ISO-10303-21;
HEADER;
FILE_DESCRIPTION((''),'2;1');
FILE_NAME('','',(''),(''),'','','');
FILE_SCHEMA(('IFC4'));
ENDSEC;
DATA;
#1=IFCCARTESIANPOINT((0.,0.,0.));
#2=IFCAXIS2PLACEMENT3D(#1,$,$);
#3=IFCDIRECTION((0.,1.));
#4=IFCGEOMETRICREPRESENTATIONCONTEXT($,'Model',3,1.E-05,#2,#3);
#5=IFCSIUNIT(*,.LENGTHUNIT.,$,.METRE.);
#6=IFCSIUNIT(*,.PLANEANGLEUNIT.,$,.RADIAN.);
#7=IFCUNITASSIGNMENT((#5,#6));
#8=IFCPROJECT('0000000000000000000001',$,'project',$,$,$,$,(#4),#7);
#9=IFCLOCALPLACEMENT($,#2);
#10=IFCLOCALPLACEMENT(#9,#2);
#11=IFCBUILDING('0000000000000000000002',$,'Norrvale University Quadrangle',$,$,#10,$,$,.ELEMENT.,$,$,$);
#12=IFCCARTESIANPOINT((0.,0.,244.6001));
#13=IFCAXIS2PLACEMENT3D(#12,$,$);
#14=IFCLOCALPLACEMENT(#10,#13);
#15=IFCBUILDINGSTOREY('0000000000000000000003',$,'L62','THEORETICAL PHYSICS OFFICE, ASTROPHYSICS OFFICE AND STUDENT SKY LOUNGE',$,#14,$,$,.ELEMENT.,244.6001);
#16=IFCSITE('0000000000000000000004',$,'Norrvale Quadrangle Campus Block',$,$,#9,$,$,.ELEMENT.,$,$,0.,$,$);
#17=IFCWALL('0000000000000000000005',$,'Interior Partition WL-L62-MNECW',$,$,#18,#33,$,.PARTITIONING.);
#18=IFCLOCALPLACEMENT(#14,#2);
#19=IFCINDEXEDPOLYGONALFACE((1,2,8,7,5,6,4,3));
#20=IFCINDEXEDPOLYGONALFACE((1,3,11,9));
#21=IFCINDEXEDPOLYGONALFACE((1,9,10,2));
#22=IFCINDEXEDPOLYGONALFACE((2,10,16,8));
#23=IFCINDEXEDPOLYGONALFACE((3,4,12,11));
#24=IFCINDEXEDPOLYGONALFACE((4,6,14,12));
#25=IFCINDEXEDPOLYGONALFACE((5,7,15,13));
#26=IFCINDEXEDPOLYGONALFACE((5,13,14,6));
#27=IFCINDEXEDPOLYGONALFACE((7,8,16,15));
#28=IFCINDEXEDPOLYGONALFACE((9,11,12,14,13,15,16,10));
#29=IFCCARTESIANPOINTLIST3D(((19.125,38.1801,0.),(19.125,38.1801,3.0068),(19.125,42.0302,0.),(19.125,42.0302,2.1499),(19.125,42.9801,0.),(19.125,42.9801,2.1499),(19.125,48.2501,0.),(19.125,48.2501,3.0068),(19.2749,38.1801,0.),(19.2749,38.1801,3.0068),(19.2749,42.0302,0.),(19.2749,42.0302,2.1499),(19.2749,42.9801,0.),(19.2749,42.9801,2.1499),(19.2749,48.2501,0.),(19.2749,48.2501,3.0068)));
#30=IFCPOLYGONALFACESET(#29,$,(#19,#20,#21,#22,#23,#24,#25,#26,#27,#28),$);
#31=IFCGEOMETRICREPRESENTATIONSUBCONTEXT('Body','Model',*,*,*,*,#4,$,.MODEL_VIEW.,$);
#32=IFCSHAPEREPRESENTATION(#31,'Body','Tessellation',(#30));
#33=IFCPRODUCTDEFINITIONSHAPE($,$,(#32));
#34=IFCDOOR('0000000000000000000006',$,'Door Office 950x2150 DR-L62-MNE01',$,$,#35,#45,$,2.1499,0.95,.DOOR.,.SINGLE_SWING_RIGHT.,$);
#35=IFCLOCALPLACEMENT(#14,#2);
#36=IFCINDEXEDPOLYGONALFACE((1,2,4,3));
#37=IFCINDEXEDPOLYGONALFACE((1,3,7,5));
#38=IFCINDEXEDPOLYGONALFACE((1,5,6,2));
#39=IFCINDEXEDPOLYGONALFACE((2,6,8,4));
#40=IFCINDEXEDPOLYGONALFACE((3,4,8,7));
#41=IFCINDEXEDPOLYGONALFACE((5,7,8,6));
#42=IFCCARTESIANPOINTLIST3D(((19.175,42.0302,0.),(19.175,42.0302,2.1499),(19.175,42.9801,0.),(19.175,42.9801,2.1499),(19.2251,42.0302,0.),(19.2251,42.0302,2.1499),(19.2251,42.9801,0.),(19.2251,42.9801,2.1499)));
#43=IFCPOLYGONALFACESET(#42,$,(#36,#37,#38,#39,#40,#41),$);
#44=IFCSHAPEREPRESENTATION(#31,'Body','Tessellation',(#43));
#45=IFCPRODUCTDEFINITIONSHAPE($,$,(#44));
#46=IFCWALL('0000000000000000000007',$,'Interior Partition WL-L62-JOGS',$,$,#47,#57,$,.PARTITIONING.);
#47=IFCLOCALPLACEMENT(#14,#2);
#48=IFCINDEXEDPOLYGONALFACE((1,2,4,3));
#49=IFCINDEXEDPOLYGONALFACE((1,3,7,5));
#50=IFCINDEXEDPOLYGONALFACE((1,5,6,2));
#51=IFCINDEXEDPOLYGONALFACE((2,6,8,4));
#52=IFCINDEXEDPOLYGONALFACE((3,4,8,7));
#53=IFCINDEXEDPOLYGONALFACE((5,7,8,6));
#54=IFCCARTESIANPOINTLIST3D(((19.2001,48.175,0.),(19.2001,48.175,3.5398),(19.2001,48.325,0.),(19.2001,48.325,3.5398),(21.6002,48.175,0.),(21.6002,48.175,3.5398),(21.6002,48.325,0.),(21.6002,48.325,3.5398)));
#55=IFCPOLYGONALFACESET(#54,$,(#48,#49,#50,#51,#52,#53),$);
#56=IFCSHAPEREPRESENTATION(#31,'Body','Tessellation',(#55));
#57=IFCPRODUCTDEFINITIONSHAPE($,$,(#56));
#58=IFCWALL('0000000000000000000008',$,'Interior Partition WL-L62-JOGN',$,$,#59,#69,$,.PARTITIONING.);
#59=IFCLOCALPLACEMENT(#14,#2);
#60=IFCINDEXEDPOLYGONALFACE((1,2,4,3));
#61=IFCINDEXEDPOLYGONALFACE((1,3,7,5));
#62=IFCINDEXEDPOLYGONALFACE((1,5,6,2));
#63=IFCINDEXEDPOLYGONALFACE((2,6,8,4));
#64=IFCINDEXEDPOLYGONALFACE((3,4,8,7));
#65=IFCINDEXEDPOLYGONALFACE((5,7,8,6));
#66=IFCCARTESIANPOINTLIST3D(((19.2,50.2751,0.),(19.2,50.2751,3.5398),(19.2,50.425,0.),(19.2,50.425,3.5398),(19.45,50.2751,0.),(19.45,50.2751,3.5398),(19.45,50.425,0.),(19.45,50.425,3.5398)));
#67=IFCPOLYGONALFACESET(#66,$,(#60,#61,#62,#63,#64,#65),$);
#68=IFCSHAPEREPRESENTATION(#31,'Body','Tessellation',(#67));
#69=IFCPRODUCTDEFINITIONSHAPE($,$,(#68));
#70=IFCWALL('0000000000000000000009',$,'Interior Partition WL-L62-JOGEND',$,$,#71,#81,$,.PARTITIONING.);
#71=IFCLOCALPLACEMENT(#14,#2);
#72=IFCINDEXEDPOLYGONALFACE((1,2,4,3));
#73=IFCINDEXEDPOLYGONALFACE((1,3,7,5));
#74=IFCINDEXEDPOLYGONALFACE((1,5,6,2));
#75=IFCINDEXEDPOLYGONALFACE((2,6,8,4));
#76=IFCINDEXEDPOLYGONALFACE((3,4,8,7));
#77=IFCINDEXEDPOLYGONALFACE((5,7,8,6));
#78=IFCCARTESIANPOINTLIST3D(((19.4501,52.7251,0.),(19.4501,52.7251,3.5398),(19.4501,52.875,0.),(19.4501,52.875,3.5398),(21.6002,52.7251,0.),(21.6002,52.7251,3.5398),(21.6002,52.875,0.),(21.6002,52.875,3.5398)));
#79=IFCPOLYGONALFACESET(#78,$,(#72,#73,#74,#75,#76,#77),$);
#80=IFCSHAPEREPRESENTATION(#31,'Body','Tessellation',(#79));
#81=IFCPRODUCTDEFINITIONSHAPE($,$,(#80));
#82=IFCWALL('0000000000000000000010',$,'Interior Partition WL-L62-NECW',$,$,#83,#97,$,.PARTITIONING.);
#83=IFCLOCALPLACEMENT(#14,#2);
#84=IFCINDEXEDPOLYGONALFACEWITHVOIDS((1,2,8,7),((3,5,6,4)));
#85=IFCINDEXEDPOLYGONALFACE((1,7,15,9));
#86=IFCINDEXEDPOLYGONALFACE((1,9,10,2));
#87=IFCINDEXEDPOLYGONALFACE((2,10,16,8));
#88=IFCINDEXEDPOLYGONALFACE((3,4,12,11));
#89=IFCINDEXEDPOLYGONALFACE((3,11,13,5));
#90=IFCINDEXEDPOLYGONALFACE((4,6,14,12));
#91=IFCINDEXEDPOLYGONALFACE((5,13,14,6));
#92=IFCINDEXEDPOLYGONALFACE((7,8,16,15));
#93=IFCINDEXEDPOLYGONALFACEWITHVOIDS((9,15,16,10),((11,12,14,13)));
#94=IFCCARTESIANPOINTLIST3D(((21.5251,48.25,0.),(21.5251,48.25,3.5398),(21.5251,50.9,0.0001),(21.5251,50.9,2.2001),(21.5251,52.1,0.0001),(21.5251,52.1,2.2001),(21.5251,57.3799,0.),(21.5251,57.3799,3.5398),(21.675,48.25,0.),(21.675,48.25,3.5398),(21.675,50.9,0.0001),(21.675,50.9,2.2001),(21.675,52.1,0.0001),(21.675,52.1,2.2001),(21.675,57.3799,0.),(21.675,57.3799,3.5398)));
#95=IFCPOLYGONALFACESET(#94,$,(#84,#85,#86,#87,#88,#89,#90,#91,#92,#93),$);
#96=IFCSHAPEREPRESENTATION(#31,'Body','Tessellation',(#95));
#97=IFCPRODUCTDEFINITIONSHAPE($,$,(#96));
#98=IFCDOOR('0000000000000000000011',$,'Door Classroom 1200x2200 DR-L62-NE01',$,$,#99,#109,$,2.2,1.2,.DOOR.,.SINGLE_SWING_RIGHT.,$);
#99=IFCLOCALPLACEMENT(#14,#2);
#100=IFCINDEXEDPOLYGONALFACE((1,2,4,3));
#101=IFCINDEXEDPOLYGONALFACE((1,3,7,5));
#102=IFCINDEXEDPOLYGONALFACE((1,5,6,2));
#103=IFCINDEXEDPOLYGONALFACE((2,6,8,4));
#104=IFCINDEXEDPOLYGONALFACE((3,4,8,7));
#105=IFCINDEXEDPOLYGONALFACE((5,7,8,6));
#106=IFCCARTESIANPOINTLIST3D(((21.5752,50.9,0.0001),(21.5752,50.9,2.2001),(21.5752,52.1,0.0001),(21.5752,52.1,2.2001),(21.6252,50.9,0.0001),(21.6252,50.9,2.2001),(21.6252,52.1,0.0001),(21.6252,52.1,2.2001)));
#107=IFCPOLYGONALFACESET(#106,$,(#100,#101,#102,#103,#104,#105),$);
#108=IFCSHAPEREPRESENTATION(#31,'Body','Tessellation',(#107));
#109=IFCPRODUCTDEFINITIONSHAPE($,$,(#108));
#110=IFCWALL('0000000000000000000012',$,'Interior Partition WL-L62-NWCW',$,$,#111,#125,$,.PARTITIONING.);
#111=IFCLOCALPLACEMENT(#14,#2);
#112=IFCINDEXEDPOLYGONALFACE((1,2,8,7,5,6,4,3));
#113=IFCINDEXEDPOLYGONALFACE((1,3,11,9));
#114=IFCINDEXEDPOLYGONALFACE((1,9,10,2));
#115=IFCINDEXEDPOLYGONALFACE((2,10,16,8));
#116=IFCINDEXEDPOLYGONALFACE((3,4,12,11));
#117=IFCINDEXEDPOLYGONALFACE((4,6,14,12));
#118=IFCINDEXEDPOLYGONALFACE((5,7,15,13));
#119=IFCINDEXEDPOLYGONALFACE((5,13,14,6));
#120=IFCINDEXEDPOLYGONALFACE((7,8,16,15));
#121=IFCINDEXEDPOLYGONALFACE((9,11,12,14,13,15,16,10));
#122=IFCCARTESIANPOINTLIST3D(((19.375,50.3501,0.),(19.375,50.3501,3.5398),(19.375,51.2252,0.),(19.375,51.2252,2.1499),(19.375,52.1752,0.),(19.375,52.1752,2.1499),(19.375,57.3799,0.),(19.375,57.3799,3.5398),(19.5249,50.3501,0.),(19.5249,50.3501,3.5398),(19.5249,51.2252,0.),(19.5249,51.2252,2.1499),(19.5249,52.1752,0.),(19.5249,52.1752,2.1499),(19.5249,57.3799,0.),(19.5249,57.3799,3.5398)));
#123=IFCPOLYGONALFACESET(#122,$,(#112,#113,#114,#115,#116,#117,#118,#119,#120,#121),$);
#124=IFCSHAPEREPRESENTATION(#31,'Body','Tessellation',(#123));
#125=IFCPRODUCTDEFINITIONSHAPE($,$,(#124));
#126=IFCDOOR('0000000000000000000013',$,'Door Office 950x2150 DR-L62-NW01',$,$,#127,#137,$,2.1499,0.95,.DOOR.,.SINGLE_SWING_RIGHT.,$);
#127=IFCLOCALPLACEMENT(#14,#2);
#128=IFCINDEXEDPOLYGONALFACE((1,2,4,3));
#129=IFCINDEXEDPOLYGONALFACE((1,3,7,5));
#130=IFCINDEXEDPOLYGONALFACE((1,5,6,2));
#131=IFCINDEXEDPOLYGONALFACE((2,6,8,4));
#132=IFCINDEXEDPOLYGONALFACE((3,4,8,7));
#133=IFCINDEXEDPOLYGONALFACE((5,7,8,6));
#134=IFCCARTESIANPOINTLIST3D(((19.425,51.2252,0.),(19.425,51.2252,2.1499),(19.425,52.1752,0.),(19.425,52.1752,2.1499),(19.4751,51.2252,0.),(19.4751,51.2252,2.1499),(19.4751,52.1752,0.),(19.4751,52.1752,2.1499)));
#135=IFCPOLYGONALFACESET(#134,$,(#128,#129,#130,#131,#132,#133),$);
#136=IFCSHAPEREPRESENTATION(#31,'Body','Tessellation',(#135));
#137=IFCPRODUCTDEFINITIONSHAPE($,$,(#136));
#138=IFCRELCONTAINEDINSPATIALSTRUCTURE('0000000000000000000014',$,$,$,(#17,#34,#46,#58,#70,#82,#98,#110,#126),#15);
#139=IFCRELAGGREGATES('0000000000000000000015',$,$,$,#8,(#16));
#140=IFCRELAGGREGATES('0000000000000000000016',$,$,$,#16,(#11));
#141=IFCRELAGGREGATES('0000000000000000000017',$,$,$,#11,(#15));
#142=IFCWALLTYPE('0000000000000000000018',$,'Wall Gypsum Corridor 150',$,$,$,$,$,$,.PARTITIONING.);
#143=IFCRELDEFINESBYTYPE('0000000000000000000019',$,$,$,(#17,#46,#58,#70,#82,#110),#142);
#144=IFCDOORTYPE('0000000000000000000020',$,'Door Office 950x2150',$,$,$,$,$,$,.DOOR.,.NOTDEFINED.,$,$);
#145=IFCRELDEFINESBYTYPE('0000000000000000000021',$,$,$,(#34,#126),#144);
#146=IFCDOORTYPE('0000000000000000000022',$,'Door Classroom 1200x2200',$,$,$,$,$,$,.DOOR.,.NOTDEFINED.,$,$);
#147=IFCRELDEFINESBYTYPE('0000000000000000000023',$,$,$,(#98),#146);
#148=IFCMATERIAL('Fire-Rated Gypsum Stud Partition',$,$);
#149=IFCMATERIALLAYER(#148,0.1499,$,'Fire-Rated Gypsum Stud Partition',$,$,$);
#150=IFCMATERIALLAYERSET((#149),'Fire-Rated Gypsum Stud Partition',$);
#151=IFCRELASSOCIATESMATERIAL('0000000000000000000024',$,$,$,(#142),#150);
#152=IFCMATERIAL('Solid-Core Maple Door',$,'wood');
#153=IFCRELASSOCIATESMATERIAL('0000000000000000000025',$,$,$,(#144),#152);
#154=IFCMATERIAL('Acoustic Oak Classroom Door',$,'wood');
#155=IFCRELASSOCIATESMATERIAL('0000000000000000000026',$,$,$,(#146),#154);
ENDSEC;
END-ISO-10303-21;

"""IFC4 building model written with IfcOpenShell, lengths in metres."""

from ifc_helpers import new_model, si_unit, direction, frame, frame_2d, origin, place, context, subcontext, project, spatial, rectangle, extrude, material, layer, layer_set, type_object, element, fill, save


model = new_model("IFC4")

# Units and contexts
model_context = context("Model", 3, precision=1e-05, world=origin(), true_north=direction((0.0, 1.0)))
body_context = subcontext(model_context, "Body", "Model", "MODEL_VIEW")
ifc_project = project(units=[si_unit("LENGTHUNIT", "METRE"), si_unit("PLANEANGLEUNIT", "RADIAN")], contexts=[model_context])

# Site, building, storey
site_placement = place(None, origin())
site = spatial("IfcSite", under=ifc_project, at=site_placement, Name="Norrvale Quadrangle Campus Block", CompositionType="ELEMENT", RefElevation=0.0)
building_placement = place(site_placement, origin())
building = spatial("IfcBuilding", under=site, at=building_placement, Name="Norrvale University Quadrangle", CompositionType="ELEMENT")
storey_placement = place(building_placement, frame((0.0, 0.0, 244.6001)))
storey = spatial("IfcBuildingStorey", under=building, at=storey_placement, Name="L62", Description="THEORETICAL PHYSICS OFFICE, ASTROPHYSICS OFFICE AND STUDENT SKY LOUNGE", CompositionType="ELEMENT", Elevation=244.6001)

# Shared definitions
ifc_material_1 = material(Name="Fire-Rated Gypsum Stud Partition")
ifc_layer_1 = layer(ifc_material_1, 0.1499, Name="Fire-Rated Gypsum Stud Partition")
ifc_layer_set_1 = layer_set([ifc_layer_1], Name="Fire-Rated Gypsum Stud Partition")
wall_type_1 = type_object("IfcWallType", Name="Wall Gypsum Corridor 150", PredefinedType="PARTITIONING", material=ifc_layer_set_1)

# Wall, opening, door
wall_1_placement = place(storey_placement, frame((19.2, 38.1799, 0.0), z_axis=(0.0, 0.0, 1.0), x_axis=(0.0, 1.0, 0.0)))
wall_1 = element("IfcWall", 1, at=wall_1_placement, inside=storey, type_object=wall_type_1, Name="Interior Partition WL-L62-MNECW", PredefinedType="PARTITIONING", context=body_context, shape_type="SweptSolid", body=[
    extrude(rectangle(XDim=10.0701, YDim=0.1499, at=frame_2d((5.0352, 0.0))), origin(), (0.0, 0.0, 1.0), 3.0068),
])
opening_1_placement = place(wall_1_placement, frame((3.8501, 0.0, 0.0)))
opening_1 = element("IfcOpeningElement", 2, at=opening_1_placement, cuts=wall_1, PredefinedType="OPENING", context=body_context, shape_type="SweptSolid", body=[
    extrude(rectangle(XDim=0.95, YDim=2.1499, at=frame_2d((0.4751, 1.075))), frame((0.0, 0.0869, 0.0), z_axis=(0.0, -1.0, 0.0), x_axis=(1.0, 0.0, 0.0)), (0.0, 0.0, 1.0), 0.1738),
])
ifc_material_2 = material(Name="Solid-Core Maple Door", Category="wood")
door_type_1 = type_object("IfcDoorType", Name="Door Office 950x2150", OperationType="NOTDEFINED", PredefinedType="DOOR", material=ifc_material_2)
door_1_placement = place(opening_1_placement, origin())
door_1 = element("IfcDoor", 3, at=door_1_placement, inside=storey, type_object=door_type_1, Name="Door Office 950x2150 DR-L62-MNE01", OperationType="SINGLE_SWING_RIGHT", OverallHeight=2.1499, OverallWidth=0.95, PredefinedType="DOOR", context=body_context, shape_type="SweptSolid", body=[
    extrude(rectangle(XDim=0.95, YDim=2.1499, at=frame_2d((0.4751, 1.075))), frame((0.0, 0.0249, 0.0), z_axis=(0.0, -1.0, 0.0), x_axis=(1.0, 0.0, 0.0)), (0.0, 0.0, 1.0), 0.05),
])
fill(opening_1, door_1)

# Walls
wall_2_placement = place(storey_placement, frame((19.2, 48.25, 0.0), z_axis=(0.0, 0.0, 1.0), x_axis=(1.0, 0.0, 0.0)))
element("IfcWall", 4, at=wall_2_placement, inside=storey, type_object=wall_type_1, Name="Interior Partition WL-L62-JOGS", PredefinedType="PARTITIONING", context=body_context, shape_type="SweptSolid", body=[
    extrude(rectangle(XDim=2.4001, YDim=0.1499, at=frame_2d((1.2002, 0.0))), origin(), (0.0, 0.0, 1.0), 3.5398),
])
wall_3_placement = place(storey_placement, frame((19.2, 50.3501, 0.0), z_axis=(0.0, 0.0, 1.0), x_axis=(1.0, 0.0, 0.0)))
element("IfcWall", 5, at=wall_3_placement, inside=storey, type_object=wall_type_1, Name="Interior Partition WL-L62-JOGN", PredefinedType="PARTITIONING", context=body_context, shape_type="SweptSolid", body=[
    extrude(rectangle(XDim=0.25, YDim=0.1499, at=frame_2d((0.125, 0.0))), origin(), (0.0, 0.0, 1.0), 3.5398),
])
wall_4_placement = place(storey_placement, frame((19.45, 52.8, 0.0), z_axis=(0.0, 0.0, 1.0), x_axis=(1.0, 0.0, 0.0)))
element("IfcWall", 6, at=wall_4_placement, inside=storey, type_object=wall_type_1, Name="Interior Partition WL-L62-JOGEND", PredefinedType="PARTITIONING", context=body_context, shape_type="SweptSolid", body=[
    extrude(rectangle(XDim=2.1501, YDim=0.1499, at=frame_2d((1.0752, 0.0))), origin(), (0.0, 0.0, 1.0), 3.5398),
])

# Walls, openings, doors
wall_5_placement = place(storey_placement, frame((21.6001, 48.25, 0.0), z_axis=(0.0, 0.0, 1.0), x_axis=(0.0, 1.0, 0.0)))
wall_5 = element("IfcWall", 7, at=wall_5_placement, inside=storey, type_object=wall_type_1, Name="Interior Partition WL-L62-NECW", PredefinedType="PARTITIONING", context=body_context, shape_type="SweptSolid", body=[
    extrude(rectangle(XDim=9.1299, YDim=0.1499, at=frame_2d((4.5649, 0.0))), origin(), (0.0, 0.0, 1.0), 3.5398),
])
opening_2_placement = place(wall_5_placement, frame((2.6499, 0.0, 0.0)))
opening_2 = element("IfcOpeningElement", 8, at=opening_2_placement, cuts=wall_5, PredefinedType="OPENING", context=body_context, shape_type="SweptSolid", body=[
    extrude(rectangle(XDim=1.2, YDim=2.2, at=frame_2d((0.6001, 1.1001))), frame((0.0, 0.0869, 0.0), z_axis=(0.0, -1.0, 0.0), x_axis=(1.0, 0.0, 0.0)), (0.0, 0.0, 1.0), 0.1738),
])
ifc_material_3 = material(Name="Acoustic Oak Classroom Door", Category="wood")
door_type_2 = type_object("IfcDoorType", Name="Door Classroom 1200x2200", OperationType="NOTDEFINED", PredefinedType="DOOR", material=ifc_material_3)
door_2_placement = place(opening_2_placement, origin())
door_2 = element("IfcDoor", 9, at=door_2_placement, inside=storey, type_object=door_type_2, Name="Door Classroom 1200x2200 DR-L62-NE01", OperationType="SINGLE_SWING_RIGHT", OverallHeight=2.2, OverallWidth=1.2, PredefinedType="DOOR", context=body_context, shape_type="SweptSolid", body=[
    extrude(rectangle(XDim=1.2, YDim=2.2, at=frame_2d((0.6001, 1.1001))), frame((0.0, 0.0249, 0.0), z_axis=(0.0, -1.0, 0.0), x_axis=(1.0, 0.0, 0.0)), (0.0, 0.0, 1.0), 0.05),
])
fill(opening_2, door_2)
wall_6_placement = place(storey_placement, frame((19.45, 50.3501, 0.0), z_axis=(0.0, 0.0, 1.0), x_axis=(0.0, 1.0, 0.0)))
wall_6 = element("IfcWall", 10, at=wall_6_placement, inside=storey, type_object=wall_type_1, Name="Interior Partition WL-L62-NWCW", PredefinedType="PARTITIONING", context=body_context, shape_type="SweptSolid", body=[
    extrude(rectangle(XDim=7.0298, YDim=0.1499, at=frame_2d((3.5149, 0.0))), origin(), (0.0, 0.0, 1.0), 3.5398),
])
opening_3_placement = place(wall_6_placement, frame((0.875, 0.0, 0.0)))
opening_3 = element("IfcOpeningElement", 11, at=opening_3_placement, cuts=wall_6, PredefinedType="OPENING", context=body_context, shape_type="SweptSolid", body=[
    extrude(rectangle(XDim=0.95, YDim=2.1499, at=frame_2d((0.4751, 1.075))), frame((0.0, 0.0869, 0.0), z_axis=(0.0, -1.0, 0.0), x_axis=(1.0, 0.0, 0.0)), (0.0, 0.0, 1.0), 0.1738),
])
door_3_placement = place(opening_3_placement, origin())
door_3 = element("IfcDoor", 12, at=door_3_placement, inside=storey, type_object=door_type_1, Name="Door Office 950x2150 DR-L62-NW01", OperationType="SINGLE_SWING_RIGHT", OverallHeight=2.1499, OverallWidth=0.95, PredefinedType="DOOR", context=body_context, shape_type="SweptSolid", body=[
    extrude(rectangle(XDim=0.95, YDim=2.1499, at=frame_2d((0.4751, 1.075))), frame((0.0, 0.0249, 0.0), z_axis=(0.0, -1.0, 0.0), x_axis=(1.0, 0.0, 0.0)), (0.0, 0.0, 1.0), 0.05),
])
fill(opening_3, door_3)

save(model, "model.ifc")
